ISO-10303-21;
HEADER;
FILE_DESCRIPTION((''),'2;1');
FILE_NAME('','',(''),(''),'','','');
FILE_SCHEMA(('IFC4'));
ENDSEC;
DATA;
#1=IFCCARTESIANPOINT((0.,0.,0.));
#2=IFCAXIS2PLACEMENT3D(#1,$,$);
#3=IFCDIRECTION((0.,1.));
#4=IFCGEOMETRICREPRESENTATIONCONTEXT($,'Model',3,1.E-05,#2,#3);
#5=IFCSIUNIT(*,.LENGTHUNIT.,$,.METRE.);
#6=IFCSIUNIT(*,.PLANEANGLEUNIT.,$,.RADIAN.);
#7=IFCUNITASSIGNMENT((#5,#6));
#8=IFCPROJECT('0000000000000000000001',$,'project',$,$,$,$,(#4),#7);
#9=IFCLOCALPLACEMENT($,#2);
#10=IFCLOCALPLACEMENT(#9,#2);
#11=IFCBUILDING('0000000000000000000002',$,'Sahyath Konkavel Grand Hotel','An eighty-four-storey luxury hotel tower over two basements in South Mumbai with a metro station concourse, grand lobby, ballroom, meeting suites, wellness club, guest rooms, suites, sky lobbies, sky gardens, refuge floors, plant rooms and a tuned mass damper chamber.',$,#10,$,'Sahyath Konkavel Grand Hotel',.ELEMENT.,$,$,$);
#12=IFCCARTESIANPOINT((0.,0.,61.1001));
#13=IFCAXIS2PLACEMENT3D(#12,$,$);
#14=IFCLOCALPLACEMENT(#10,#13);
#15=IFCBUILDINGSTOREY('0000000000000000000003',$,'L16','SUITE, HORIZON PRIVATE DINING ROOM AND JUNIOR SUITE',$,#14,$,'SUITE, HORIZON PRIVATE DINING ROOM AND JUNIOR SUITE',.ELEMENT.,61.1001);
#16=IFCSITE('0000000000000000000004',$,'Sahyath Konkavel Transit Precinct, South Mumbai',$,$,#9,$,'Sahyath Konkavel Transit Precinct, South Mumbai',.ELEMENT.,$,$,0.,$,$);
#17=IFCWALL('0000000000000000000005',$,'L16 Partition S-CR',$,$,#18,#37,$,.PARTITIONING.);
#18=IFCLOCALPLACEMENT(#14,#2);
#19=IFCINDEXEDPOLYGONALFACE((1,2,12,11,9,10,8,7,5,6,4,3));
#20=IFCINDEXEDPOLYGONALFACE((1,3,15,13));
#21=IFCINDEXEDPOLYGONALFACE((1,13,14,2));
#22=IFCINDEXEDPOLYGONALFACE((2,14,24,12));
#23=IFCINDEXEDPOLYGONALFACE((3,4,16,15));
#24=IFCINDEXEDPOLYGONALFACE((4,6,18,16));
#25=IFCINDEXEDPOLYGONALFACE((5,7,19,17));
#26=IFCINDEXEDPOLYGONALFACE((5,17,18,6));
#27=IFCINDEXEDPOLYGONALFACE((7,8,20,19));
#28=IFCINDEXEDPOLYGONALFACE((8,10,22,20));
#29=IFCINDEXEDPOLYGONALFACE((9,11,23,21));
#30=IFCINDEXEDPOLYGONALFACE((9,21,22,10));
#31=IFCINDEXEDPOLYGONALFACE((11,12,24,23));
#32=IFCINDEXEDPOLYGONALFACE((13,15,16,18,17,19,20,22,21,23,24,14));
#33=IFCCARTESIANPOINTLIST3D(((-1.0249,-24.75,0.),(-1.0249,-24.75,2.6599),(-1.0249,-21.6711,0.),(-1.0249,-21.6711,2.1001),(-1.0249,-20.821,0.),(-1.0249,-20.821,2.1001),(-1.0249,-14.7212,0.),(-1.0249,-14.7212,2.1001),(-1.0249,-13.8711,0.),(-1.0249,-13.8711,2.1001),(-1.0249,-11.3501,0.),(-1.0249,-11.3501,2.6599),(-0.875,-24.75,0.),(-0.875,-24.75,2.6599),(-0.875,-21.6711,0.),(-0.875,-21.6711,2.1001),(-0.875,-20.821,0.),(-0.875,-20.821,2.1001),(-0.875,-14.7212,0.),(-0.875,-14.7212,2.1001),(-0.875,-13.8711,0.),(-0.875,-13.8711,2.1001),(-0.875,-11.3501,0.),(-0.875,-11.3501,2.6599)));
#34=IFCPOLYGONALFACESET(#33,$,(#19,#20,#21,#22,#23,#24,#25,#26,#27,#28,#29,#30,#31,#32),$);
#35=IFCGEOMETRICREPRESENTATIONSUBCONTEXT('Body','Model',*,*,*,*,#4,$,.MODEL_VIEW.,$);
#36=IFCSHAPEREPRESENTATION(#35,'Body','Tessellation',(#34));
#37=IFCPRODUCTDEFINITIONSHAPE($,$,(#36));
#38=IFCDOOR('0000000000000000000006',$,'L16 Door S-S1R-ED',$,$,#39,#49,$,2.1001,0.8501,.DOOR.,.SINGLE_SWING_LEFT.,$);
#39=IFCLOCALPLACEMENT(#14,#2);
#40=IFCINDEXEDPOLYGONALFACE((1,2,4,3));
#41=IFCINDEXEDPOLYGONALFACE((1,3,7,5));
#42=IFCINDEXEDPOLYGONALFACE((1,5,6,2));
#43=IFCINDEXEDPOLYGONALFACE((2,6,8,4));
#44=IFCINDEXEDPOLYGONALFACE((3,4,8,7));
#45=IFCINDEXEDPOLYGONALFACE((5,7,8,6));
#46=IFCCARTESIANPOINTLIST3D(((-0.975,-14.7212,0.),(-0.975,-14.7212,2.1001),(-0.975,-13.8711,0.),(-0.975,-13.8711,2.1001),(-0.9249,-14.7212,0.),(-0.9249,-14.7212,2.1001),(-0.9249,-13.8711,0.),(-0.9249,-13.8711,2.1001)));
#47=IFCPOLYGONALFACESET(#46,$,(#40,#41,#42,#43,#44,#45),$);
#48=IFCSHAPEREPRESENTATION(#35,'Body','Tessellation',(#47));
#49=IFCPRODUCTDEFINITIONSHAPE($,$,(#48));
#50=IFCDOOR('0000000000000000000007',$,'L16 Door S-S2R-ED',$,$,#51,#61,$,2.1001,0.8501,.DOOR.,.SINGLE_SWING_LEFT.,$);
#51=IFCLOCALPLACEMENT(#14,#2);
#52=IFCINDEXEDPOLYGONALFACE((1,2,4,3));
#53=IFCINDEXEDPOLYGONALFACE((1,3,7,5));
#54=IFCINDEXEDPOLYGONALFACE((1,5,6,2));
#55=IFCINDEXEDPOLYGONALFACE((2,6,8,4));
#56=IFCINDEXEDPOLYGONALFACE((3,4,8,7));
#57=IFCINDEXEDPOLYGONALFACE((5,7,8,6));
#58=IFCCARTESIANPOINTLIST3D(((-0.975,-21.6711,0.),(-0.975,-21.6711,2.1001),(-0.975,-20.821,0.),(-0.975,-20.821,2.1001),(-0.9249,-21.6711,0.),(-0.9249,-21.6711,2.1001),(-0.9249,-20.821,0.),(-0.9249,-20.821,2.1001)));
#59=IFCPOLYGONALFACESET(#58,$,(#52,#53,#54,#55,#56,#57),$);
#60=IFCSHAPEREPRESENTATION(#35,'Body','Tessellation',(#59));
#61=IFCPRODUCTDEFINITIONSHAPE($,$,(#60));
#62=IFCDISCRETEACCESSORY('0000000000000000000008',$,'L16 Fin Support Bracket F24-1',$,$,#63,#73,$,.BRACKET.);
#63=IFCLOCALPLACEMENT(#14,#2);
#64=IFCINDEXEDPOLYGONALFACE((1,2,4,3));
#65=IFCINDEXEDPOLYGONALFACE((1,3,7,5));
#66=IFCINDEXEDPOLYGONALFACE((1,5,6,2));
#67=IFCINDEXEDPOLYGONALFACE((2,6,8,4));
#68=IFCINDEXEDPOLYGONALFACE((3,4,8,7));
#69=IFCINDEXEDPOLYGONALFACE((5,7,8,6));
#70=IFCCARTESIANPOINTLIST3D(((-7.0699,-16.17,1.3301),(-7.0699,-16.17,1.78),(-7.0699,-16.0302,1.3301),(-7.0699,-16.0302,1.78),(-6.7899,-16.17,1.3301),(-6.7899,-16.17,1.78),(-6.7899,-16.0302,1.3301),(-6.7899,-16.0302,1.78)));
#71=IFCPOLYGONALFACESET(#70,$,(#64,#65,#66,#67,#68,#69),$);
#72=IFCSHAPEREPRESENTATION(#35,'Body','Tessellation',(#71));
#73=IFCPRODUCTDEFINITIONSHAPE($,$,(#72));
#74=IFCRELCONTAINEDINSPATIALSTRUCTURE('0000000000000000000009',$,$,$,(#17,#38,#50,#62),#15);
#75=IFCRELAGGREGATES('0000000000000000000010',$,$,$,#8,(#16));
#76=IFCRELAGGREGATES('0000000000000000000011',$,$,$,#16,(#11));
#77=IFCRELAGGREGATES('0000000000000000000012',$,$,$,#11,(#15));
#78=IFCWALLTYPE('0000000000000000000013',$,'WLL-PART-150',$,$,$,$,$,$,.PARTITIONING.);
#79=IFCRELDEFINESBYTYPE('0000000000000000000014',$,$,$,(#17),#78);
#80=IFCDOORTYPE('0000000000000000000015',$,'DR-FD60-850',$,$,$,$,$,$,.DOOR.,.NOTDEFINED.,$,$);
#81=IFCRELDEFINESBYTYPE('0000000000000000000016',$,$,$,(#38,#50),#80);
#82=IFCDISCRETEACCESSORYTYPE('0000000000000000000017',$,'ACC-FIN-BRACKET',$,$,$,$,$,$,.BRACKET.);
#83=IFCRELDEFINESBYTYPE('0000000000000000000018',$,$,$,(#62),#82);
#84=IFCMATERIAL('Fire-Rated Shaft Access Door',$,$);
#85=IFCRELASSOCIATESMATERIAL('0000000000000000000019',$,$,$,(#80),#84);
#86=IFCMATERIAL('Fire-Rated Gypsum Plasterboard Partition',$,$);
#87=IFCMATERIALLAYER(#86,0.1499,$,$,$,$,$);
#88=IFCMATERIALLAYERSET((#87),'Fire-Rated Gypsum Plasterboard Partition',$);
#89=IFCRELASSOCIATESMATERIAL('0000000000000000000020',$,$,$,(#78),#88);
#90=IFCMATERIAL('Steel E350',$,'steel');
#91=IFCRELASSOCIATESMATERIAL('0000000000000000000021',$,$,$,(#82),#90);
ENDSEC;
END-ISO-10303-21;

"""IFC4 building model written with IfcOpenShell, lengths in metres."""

from ifc_helpers import new_model, si_unit, direction, frame, frame_2d, origin, origin_2d, place, context, subcontext, project, spatial, rectangle, extrude, source, transform, mapped, material, layer, layer_set, type_object, element, fill, save


model = new_model("IFC4")

# Units and contexts
model_context = context("Model", 3, precision=1e-05, world=origin(), true_north=direction((0.0, 1.0)))
body_context = subcontext(model_context, "Body", "Model", "MODEL_VIEW")
ifc_project = project(units=[si_unit("LENGTHUNIT", "METRE"), si_unit("PLANEANGLEUNIT", "RADIAN")], contexts=[model_context])

# Site, building, storey
site_placement = place(None, origin())
site = spatial("IfcSite", under=ifc_project, at=site_placement, Name="Sahyath Konkavel Transit Precinct, South Mumbai", LongName="Sahyath Konkavel Transit Precinct, South Mumbai", CompositionType="ELEMENT", RefElevation=0.0)
building_placement = place(site_placement, origin())
building = spatial("IfcBuilding", under=site, at=building_placement, Name="Sahyath Konkavel Grand Hotel", Description="An eighty-four-storey luxury hotel tower over two basements in South Mumbai with a metro station concourse, grand lobby, ballroom, meeting suites, wellness club, guest rooms, suites, sky lobbies, sky gardens, refuge floors, plant rooms and a tuned mass damper chamber.", LongName="Sahyath Konkavel Grand Hotel", CompositionType="ELEMENT")
storey_placement = place(building_placement, frame((0.0, 0.0, 61.1001)))
storey = spatial("IfcBuildingStorey", under=building, at=storey_placement, Name="L16", Description="SUITE, HORIZON PRIVATE DINING ROOM AND JUNIOR SUITE", LongName="SUITE, HORIZON PRIVATE DINING ROOM AND JUNIOR SUITE", CompositionType="ELEMENT", Elevation=61.1001)

# Shared definitions
ifc_material_1 = material(Name="Steel E350", Category="steel")

# Shared definitions
shared_shape_1 = source(origin(), body_context, "Body", "SweptSolid", [
    extrude(rectangle(XDim=0.8501, YDim=0.05, at=origin_2d()), origin(), (0.0, 0.0, 1.0), 2.1001),
])

# Shared definitions
ifc_material_2 = material(Name="Fire-Rated Shaft Access Door")
door_type_1 = type_object("IfcDoorType", Name="DR-FD60-850", OperationType="NOTDEFINED", PredefinedType="DOOR", material=ifc_material_2)

# Shared definitions
ifc_material_3 = material(Name="Fire-Rated Gypsum Plasterboard Partition")
ifc_layer_1 = layer(ifc_material_3, 0.1499)
ifc_layer_set_1 = layer_set([ifc_layer_1], Name="Fire-Rated Gypsum Plasterboard Partition")
wall_type_1 = type_object("IfcWallType", Name="WLL-PART-150", PredefinedType="PARTITIONING", material=ifc_layer_set_1)

# Wall, openings, doors
wall_1_placement = place(storey_placement, frame((-0.95, -11.3501, 0.0), z_axis=(0.0, 0.0, 1.0), x_axis=(0.0, -1.0, 0.0)))
wall_1 = element("IfcWall", 1, at=wall_1_placement, inside=storey, type_object=wall_type_1, Name="L16 Partition S-CR", PredefinedType="PARTITIONING", context=body_context, shape_type="SweptSolid", body=[
    extrude(rectangle(XDim=13.3999, YDim=0.1499, at=frame_2d((6.7, 0.0))), origin(), (0.0, 0.0, 1.0), 2.6599),
])
opening_1_placement = place(wall_1_placement, frame((2.521, 0.0, 0.0)))
opening_1 = element("IfcOpeningElement", 2, at=opening_1_placement, cuts=wall_1, PredefinedType="OPENING", context=body_context, shape_type="SweptSolid", body=[
    extrude(rectangle(XDim=0.8501, YDim=2.1001, at=frame_2d((0.425, 1.05))), frame((0.0, 0.085, 0.0), z_axis=(0.0, -1.0, 0.0), x_axis=(1.0, 0.0, 0.0)), (0.0, 0.0, 1.0), 0.1699),
])
opening_2_placement = place(wall_1_placement, frame((9.4709, 0.0, 0.0)))
opening_2 = element("IfcOpeningElement", 3, at=opening_2_placement, cuts=wall_1, PredefinedType="OPENING", context=body_context, shape_type="SweptSolid", body=[
    extrude(rectangle(XDim=0.8501, YDim=2.1001, at=frame_2d((0.425, 1.05))), frame((0.0, 0.085, 0.0), z_axis=(0.0, -1.0, 0.0), x_axis=(1.0, 0.0, 0.0)), (0.0, 0.0, 1.0), 0.1699),
])
door_1_placement = place(opening_1_placement, frame((0.425, 0.0, 0.0)))
door_1 = element("IfcDoor", 4, at=door_1_placement, inside=storey, type_object=door_type_1, Name="L16 Door S-S1R-ED", OperationType="SINGLE_SWING_LEFT", OverallHeight=2.1001, OverallWidth=0.8501, PredefinedType="DOOR", context=body_context, shape_type="MappedRepresentation", body=[
    mapped(shared_shape_1, transform((0.0, 0.0, 0.0), scale=1.0)),
])
fill(opening_1, door_1)
door_2_placement = place(opening_2_placement, frame((0.425, 0.0, 0.0)))
door_2 = element("IfcDoor", 5, at=door_2_placement, inside=storey, type_object=door_type_1, Name="L16 Door S-S2R-ED", OperationType="SINGLE_SWING_LEFT", OverallHeight=2.1001, OverallWidth=0.8501, PredefinedType="DOOR", context=body_context, shape_type="MappedRepresentation", body=[
    mapped(shared_shape_1, transform((0.0, 0.0, 0.0), scale=1.0)),
])
fill(opening_2, door_2)

# Discrete accessory
discrete_accessory_type = type_object("IfcDiscreteAccessoryType", Name="ACC-FIN-BRACKET", PredefinedType="BRACKET", material=ifc_material_1)
shared_shape_2 = source(origin(), body_context, "Body", "SweptSolid", [
    extrude(rectangle(XDim=0.28, YDim=0.1399, at=origin_2d()), origin(), (0.0, 0.0, 1.0), 0.45),
])
discrete_accessory_placement = place(storey_placement, frame((-6.9299, -16.1001, 1.3301), z_axis=(0.0, 0.0, 1.0), x_axis=(-1.0, 0.0, 0.0)))
element("IfcDiscreteAccessory", 6, at=discrete_accessory_placement, inside=storey, type_object=discrete_accessory_type, Name="L16 Fin Support Bracket F24-1", PredefinedType="BRACKET", context=body_context, shape_type="MappedRepresentation", body=[
    mapped(shared_shape_2, transform((0.0, 0.0, 0.0), scale=1.0)),
])

save(model, "model.ifc")
